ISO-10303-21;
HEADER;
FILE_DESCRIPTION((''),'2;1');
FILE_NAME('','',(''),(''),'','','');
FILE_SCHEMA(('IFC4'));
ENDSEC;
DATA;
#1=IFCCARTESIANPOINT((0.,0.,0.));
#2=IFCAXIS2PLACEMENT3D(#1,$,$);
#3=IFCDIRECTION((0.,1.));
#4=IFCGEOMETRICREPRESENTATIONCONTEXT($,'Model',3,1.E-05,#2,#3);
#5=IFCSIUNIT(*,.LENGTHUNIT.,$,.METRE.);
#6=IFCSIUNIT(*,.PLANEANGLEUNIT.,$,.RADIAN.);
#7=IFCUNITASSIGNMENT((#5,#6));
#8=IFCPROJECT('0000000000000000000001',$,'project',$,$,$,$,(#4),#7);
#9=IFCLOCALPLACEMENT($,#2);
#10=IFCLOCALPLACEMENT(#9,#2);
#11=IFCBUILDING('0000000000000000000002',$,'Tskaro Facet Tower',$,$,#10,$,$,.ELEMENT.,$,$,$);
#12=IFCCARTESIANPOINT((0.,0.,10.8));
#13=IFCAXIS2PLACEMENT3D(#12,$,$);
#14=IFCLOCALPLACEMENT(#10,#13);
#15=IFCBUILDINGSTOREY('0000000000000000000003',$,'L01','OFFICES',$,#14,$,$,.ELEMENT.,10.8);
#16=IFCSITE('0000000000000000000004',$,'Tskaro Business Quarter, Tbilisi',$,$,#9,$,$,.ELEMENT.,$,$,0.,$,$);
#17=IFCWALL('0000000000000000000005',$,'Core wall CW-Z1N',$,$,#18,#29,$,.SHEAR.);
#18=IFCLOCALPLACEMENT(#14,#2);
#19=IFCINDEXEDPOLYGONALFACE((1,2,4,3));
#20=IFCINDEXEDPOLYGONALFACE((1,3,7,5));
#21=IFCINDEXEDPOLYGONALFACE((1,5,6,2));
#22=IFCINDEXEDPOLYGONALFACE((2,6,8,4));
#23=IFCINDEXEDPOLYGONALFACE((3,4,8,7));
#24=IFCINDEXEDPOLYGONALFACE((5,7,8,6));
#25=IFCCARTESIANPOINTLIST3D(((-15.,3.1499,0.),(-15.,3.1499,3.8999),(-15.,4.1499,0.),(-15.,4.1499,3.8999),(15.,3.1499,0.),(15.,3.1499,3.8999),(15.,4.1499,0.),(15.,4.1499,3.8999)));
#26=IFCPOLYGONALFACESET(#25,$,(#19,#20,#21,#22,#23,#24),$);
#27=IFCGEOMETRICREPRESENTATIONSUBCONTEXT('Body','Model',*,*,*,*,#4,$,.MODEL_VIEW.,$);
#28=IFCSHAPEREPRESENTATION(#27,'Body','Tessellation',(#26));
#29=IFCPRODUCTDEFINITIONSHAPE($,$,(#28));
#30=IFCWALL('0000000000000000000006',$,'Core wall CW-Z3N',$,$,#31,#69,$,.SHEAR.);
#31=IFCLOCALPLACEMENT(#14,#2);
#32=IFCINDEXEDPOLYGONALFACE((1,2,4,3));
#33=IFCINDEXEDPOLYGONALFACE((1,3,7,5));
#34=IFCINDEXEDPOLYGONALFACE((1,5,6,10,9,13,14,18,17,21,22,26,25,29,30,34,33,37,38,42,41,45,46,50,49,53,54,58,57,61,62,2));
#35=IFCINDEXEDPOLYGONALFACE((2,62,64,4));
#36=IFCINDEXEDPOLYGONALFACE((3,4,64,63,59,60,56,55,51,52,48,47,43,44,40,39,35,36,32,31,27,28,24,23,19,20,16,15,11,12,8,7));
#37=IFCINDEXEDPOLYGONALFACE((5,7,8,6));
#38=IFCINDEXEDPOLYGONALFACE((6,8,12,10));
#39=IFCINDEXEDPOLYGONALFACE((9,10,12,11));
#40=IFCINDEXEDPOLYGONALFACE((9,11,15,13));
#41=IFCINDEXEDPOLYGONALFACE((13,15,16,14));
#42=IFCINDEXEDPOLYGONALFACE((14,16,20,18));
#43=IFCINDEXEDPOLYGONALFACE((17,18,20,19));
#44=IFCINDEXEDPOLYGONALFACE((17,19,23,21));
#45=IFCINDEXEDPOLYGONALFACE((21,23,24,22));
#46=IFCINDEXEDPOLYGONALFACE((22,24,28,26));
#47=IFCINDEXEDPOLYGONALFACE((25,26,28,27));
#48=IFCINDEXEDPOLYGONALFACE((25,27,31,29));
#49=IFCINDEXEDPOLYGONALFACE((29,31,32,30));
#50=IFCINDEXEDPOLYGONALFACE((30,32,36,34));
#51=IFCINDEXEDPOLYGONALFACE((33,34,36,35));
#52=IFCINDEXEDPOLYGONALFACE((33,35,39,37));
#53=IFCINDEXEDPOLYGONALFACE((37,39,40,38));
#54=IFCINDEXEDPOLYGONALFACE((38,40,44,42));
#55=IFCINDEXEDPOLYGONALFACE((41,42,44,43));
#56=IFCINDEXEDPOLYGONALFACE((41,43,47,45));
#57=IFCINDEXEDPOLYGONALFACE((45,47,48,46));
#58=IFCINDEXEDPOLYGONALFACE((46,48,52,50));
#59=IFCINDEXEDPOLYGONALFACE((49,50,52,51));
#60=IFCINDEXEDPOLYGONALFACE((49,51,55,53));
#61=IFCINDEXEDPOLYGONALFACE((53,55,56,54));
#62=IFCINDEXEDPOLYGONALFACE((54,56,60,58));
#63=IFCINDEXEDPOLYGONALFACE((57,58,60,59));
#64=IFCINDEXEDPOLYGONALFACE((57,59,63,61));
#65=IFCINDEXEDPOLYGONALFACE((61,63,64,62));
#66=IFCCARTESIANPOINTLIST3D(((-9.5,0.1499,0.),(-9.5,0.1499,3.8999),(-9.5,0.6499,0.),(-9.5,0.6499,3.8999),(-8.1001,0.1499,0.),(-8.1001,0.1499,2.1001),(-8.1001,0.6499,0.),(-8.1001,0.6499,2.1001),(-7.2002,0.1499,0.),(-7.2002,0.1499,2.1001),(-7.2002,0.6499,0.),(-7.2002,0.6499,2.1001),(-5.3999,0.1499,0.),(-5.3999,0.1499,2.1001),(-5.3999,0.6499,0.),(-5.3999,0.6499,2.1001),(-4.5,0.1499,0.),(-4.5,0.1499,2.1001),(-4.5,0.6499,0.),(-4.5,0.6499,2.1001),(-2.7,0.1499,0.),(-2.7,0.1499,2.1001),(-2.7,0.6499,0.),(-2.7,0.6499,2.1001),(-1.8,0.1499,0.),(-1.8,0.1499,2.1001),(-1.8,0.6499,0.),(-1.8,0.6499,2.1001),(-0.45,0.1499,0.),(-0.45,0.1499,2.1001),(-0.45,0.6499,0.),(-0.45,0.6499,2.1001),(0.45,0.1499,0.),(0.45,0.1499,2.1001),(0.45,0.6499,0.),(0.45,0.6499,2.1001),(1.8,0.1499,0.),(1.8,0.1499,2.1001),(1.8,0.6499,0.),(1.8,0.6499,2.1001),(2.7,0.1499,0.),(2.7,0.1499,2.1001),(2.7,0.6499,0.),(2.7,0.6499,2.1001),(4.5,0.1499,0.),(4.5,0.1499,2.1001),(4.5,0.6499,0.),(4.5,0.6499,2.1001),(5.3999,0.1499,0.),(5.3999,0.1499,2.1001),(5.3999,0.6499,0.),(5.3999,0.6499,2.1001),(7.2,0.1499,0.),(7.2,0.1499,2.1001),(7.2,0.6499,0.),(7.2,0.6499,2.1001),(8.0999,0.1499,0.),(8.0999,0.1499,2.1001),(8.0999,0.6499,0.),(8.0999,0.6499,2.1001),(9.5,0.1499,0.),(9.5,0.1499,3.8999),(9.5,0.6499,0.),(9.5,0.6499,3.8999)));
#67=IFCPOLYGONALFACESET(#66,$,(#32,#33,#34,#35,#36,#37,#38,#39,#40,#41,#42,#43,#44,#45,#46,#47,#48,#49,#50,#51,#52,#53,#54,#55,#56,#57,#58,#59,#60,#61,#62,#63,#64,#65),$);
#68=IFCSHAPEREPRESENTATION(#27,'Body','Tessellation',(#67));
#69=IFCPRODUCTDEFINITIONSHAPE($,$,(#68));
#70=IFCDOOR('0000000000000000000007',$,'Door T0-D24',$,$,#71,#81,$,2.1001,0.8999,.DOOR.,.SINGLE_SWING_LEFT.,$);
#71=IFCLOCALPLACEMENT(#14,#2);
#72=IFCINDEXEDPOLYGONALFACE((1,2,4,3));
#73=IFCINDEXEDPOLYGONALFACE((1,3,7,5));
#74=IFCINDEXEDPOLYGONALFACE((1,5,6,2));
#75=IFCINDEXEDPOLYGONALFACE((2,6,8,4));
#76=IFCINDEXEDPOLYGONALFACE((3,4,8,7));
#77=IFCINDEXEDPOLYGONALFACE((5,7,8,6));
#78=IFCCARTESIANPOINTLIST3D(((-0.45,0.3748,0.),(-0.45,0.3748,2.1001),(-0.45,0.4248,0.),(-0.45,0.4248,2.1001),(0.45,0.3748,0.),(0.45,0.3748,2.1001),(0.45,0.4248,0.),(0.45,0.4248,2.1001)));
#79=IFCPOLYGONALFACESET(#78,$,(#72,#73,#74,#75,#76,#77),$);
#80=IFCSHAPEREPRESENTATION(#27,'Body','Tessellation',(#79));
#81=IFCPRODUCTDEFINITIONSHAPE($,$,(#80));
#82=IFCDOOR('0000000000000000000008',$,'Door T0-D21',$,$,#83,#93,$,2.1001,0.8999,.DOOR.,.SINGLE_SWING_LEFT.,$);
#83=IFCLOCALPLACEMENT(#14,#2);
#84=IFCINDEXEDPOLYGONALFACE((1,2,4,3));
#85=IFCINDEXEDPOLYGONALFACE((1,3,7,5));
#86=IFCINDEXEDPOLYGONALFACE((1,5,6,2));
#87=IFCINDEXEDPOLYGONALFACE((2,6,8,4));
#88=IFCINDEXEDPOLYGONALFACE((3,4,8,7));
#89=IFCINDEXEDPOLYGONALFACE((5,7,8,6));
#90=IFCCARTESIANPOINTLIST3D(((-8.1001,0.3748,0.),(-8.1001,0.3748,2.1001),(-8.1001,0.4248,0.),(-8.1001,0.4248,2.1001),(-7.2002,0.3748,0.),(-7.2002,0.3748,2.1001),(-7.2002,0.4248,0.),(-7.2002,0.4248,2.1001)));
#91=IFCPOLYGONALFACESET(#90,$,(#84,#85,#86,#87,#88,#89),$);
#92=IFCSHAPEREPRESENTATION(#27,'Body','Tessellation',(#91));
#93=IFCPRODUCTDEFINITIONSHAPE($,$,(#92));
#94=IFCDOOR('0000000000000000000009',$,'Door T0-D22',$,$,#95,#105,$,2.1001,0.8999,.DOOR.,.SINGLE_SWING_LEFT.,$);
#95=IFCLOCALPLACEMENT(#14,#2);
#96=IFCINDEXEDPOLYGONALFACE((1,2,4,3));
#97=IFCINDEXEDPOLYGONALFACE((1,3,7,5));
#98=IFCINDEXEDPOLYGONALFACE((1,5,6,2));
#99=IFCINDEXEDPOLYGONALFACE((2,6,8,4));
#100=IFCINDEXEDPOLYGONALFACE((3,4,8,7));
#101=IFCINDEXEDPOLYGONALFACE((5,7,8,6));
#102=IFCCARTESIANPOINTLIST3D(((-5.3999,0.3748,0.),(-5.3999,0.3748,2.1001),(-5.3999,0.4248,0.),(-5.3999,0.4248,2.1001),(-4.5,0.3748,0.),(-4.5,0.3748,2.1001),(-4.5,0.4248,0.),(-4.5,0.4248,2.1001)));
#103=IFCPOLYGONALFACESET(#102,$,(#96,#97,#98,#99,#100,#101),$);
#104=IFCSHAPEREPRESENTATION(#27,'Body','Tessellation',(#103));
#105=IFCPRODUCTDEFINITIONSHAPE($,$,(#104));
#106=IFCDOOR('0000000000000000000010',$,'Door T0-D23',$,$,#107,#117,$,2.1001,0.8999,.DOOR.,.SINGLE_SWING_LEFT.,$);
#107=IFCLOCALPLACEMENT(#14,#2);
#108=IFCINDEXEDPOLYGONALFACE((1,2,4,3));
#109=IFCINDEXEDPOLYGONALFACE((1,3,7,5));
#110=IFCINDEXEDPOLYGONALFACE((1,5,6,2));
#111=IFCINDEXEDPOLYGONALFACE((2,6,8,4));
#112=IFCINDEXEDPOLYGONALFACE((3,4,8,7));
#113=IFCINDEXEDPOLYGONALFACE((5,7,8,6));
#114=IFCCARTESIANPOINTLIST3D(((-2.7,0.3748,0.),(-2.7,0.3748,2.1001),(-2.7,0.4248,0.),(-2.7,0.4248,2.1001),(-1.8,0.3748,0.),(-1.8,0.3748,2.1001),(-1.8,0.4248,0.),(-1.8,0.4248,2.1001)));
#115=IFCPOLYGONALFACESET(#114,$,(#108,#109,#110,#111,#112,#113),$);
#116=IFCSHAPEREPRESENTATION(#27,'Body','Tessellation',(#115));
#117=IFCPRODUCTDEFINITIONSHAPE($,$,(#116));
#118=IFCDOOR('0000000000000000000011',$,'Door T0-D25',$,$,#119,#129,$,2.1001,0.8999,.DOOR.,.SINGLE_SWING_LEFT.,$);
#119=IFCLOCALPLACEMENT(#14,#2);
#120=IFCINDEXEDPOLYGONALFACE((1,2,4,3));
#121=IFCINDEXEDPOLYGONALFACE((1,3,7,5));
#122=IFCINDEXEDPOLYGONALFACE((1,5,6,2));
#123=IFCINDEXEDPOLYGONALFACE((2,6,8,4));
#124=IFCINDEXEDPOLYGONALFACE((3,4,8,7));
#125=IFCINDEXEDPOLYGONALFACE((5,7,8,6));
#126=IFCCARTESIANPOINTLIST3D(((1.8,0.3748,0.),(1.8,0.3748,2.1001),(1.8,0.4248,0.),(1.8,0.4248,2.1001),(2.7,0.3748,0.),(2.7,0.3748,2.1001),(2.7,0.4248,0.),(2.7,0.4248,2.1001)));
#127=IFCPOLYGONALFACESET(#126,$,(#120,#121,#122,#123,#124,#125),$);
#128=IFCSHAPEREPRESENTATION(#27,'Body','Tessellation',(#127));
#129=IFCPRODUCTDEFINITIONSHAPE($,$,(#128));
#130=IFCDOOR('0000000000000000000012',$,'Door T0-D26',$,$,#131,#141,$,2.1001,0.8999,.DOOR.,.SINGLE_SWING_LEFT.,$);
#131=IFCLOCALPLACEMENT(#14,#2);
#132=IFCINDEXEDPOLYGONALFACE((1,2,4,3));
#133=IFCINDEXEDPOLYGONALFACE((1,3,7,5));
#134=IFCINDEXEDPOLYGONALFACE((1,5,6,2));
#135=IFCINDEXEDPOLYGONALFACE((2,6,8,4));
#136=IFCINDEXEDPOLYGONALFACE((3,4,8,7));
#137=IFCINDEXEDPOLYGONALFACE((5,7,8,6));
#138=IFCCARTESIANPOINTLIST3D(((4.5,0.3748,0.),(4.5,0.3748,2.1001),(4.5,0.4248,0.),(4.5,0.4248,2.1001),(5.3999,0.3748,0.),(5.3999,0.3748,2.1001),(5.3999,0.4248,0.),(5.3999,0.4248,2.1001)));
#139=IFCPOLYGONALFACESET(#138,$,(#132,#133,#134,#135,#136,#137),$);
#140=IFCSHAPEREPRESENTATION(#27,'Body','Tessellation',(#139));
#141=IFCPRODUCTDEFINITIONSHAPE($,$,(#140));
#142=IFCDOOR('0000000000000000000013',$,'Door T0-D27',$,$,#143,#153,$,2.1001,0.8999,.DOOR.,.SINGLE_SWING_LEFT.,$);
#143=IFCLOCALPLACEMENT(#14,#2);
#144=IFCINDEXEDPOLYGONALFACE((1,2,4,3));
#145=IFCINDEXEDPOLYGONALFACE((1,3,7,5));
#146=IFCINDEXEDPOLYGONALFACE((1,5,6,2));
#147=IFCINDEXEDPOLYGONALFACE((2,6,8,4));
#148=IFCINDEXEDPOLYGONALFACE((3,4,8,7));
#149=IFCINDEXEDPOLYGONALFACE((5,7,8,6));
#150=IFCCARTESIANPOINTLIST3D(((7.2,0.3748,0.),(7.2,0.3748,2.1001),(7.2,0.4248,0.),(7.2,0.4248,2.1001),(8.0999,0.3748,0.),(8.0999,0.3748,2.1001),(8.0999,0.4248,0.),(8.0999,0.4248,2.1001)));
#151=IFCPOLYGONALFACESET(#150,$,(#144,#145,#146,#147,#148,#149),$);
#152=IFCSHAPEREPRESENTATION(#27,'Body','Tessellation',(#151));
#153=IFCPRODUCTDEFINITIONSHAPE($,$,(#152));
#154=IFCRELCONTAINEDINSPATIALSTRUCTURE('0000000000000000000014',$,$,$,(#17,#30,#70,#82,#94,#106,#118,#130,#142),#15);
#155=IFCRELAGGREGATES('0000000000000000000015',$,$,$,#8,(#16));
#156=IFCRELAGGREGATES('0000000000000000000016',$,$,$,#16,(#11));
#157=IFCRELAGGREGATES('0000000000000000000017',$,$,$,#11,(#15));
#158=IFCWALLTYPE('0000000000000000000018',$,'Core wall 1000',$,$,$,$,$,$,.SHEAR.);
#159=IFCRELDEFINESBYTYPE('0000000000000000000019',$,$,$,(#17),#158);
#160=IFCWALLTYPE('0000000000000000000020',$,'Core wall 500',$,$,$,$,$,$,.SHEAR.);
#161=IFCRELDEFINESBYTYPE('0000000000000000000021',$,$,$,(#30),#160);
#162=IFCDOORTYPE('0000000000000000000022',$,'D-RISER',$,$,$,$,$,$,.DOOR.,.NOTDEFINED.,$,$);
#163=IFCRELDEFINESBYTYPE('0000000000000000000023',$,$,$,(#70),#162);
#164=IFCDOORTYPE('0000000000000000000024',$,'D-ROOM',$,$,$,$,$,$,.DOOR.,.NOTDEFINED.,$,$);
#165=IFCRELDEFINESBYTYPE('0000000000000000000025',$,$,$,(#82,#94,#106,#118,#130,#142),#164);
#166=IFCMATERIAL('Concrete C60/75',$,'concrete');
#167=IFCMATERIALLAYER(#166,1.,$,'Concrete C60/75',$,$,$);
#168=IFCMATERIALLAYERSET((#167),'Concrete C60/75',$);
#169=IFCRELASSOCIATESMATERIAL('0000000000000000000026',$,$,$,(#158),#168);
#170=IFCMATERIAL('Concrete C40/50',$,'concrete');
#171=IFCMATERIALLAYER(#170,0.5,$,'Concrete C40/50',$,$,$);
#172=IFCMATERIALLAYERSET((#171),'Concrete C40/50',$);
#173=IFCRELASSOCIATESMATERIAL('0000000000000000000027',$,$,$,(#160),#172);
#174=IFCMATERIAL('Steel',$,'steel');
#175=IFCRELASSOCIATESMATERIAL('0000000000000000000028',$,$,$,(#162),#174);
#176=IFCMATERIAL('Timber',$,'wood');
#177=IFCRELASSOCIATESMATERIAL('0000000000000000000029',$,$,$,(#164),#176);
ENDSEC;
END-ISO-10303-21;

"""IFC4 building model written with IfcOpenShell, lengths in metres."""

from ifc_helpers import new_model, si_unit, direction, frame, frame_2d, origin, place, context, subcontext, project, spatial, rectangle, extrude, material, layer, layer_set, type_object, element, fill, save


model = new_model("IFC4")

# Units and contexts
model_context = context("Model", 3, precision=1e-05, world=origin(), true_north=direction((0.0, 1.0)))
body_context = subcontext(model_context, "Body", "Model", "MODEL_VIEW")
ifc_project = project(units=[si_unit("LENGTHUNIT", "METRE"), si_unit("PLANEANGLEUNIT", "RADIAN")], contexts=[model_context])

# Site, building, storey
site_placement = place(None, origin())
site = spatial("IfcSite", under=ifc_project, at=site_placement, Name="Tskaro Business Quarter, Tbilisi", CompositionType="ELEMENT", RefElevation=0.0)
building_placement = place(site_placement, origin())
building = spatial("IfcBuilding", under=site, at=building_placement, Name="Tskaro Facet Tower", CompositionType="ELEMENT")
storey_placement = place(building_placement, frame((0.0, 0.0, 10.8)))
storey = spatial("IfcBuildingStorey", under=building, at=storey_placement, Name="L01", Description="OFFICES", CompositionType="ELEMENT", Elevation=10.8)

# Wall
ifc_material_1 = material(Name="Concrete C60/75", Category="concrete")
ifc_layer_1 = layer(ifc_material_1, 1.0, Name="Concrete C60/75")
ifc_layer_set_1 = layer_set([ifc_layer_1], Name="Concrete C60/75")
wall_type_1 = type_object("IfcWallType", Name="Core wall 1000", PredefinedType="SHEAR", material=ifc_layer_set_1)
wall_1_placement = place(storey_placement, frame((-15.0, 3.6499, 0.0), z_axis=(0.0, 0.0, 1.0), x_axis=(1.0, 0.0, 0.0)))
element("IfcWall", 1, at=wall_1_placement, inside=storey, type_object=wall_type_1, Name="Core wall CW-Z1N", PredefinedType="SHEAR", context=body_context, shape_type="SweptSolid", body=[
    extrude(rectangle(XDim=30.0, YDim=1.0, at=frame_2d((15.0, 0.0))), origin(), (0.0, 0.0, 1.0), 3.8999),
])

# Wall, openings, doors
ifc_material_2 = material(Name="Concrete C40/50", Category="concrete")
ifc_layer_2 = layer(ifc_material_2, 0.5, Name="Concrete C40/50")
ifc_layer_set_2 = layer_set([ifc_layer_2], Name="Concrete C40/50")
wall_type_2 = type_object("IfcWallType", Name="Core wall 500", PredefinedType="SHEAR", material=ifc_layer_set_2)
wall_2_placement = place(storey_placement, frame((-9.5, 0.3999, 0.0), z_axis=(0.0, 0.0, 1.0), x_axis=(1.0, 0.0, 0.0)))
wall_2 = element("IfcWall", 2, at=wall_2_placement, inside=storey, type_object=wall_type_2, Name="Core wall CW-Z3N", PredefinedType="SHEAR", context=body_context, shape_type="SweptSolid", body=[
    extrude(rectangle(XDim=19.0, YDim=0.5, at=frame_2d((9.5, 0.0))), origin(), (0.0, 0.0, 1.0), 3.8999),
])
opening_1_placement = place(wall_2_placement, frame((1.3999, 0.0, 0.0)))
opening_1 = element("IfcOpeningElement", 3, at=opening_1_placement, cuts=wall_2, PredefinedType="OPENING", context=body_context, shape_type="SweptSolid", body=[
    extrude(rectangle(XDim=0.8999, YDim=2.1001, at=frame_2d((0.45, 1.05))), frame((0.0, 0.26, 0.0), z_axis=(0.0, -1.0, 0.0), x_axis=(1.0, 0.0, 0.0)), (0.0, 0.0, 1.0), 0.52),
])
opening_2_placement = place(wall_2_placement, frame((4.1001, 0.0, 0.0)))
opening_2 = element("IfcOpeningElement", 4, at=opening_2_placement, cuts=wall_2, PredefinedType="OPENING", context=body_context, shape_type="SweptSolid", body=[
    extrude(rectangle(XDim=0.8999, YDim=2.1001, at=frame_2d((0.45, 1.05))), frame((0.0, 0.26, 0.0), z_axis=(0.0, -1.0, 0.0), x_axis=(1.0, 0.0, 0.0)), (0.0, 0.0, 1.0), 0.52),
])
opening_3_placement = place(wall_2_placement, frame((6.8, 0.0, 0.0)))
opening_3 = element("IfcOpeningElement", 5, at=opening_3_placement, cuts=wall_2, PredefinedType="OPENING", context=body_context, shape_type="SweptSolid", body=[
    extrude(rectangle(XDim=0.8999, YDim=2.1001, at=frame_2d((0.45, 1.05))), frame((0.0, 0.26, 0.0), z_axis=(0.0, -1.0, 0.0), x_axis=(1.0, 0.0, 0.0)), (0.0, 0.0, 1.0), 0.52),
])
opening_4_placement = place(wall_2_placement, frame((11.3, 0.0, 0.0)))
opening_4 = element("IfcOpeningElement", 6, at=opening_4_placement, cuts=wall_2, PredefinedType="OPENING", context=body_context, shape_type="SweptSolid", body=[
    extrude(rectangle(XDim=0.8999, YDim=2.1001, at=frame_2d((0.45, 1.05))), frame((0.0, 0.26, 0.0), z_axis=(0.0, -1.0, 0.0), x_axis=(1.0, 0.0, 0.0)), (0.0, 0.0, 1.0), 0.52),
])
opening_5_placement = place(wall_2_placement, frame((14.0, 0.0, 0.0)))
opening_5 = element("IfcOpeningElement", 7, at=opening_5_placement, cuts=wall_2, PredefinedType="OPENING", context=body_context, shape_type="SweptSolid", body=[
    extrude(rectangle(XDim=0.8999, YDim=2.1001, at=frame_2d((0.45, 1.05))), frame((0.0, 0.26, 0.0), z_axis=(0.0, -1.0, 0.0), x_axis=(1.0, 0.0, 0.0)), (0.0, 0.0, 1.0), 0.52),
])
opening_6_placement = place(wall_2_placement, frame((16.7, 0.0, 0.0)))
opening_6 = element("IfcOpeningElement", 8, at=opening_6_placement, cuts=wall_2, PredefinedType="OPENING", context=body_context, shape_type="SweptSolid", body=[
    extrude(rectangle(XDim=0.8999, YDim=2.1001, at=frame_2d((0.45, 1.05))), frame((0.0, 0.26, 0.0), z_axis=(0.0, -1.0, 0.0), x_axis=(1.0, 0.0, 0.0)), (0.0, 0.0, 1.0), 0.52),
])
opening_7_placement = place(wall_2_placement, frame((9.05, 0.0, 0.0)))
opening_7 = element("IfcOpeningElement", 9, at=opening_7_placement, cuts=wall_2, PredefinedType="OPENING", context=body_context, shape_type="SweptSolid", body=[
    extrude(rectangle(XDim=0.8999, YDim=2.1001, at=frame_2d((0.45, 1.05))), frame((0.0, 0.26, 0.0), z_axis=(0.0, -1.0, 0.0), x_axis=(1.0, 0.0, 0.0)), (0.0, 0.0, 1.0), 0.52),
])
ifc_material_3 = material(Name="Steel", Category="steel")
door_type_1 = type_object("IfcDoorType", Name="D-RISER", OperationType="NOTDEFINED", PredefinedType="DOOR", material=ifc_material_3)
door_1_placement = place(opening_7_placement, origin())
door_1 = element("IfcDoor", 10, at=door_1_placement, inside=storey, type_object=door_type_1, Name="Door T0-D24", OperationType="SINGLE_SWING_LEFT", OverallHeight=2.1001, OverallWidth=0.8999, PredefinedType="DOOR", context=body_context, shape_type="SweptSolid", body=[
    extrude(rectangle(XDim=0.8999, YDim=2.1001, at=frame_2d((0.45, 1.05))), frame((0.0, 0.0249, 0.0), z_axis=(0.0, -1.0, 0.0), x_axis=(1.0, 0.0, 0.0)), (0.0, 0.0, 1.0), 0.05),
])
fill(opening_7, door_1)
ifc_material_4 = material(Name="Timber", Category="wood")
door_type_2 = type_object("IfcDoorType", Name="D-ROOM", OperationType="NOTDEFINED", PredefinedType="DOOR", material=ifc_material_4)
door_2_placement = place(opening_1_placement, origin())
door_2 = element("IfcDoor", 11, at=door_2_placement, inside=storey, type_object=door_type_2, Name="Door T0-D21", OperationType="SINGLE_SWING_LEFT", OverallHeight=2.1001, OverallWidth=0.8999, PredefinedType="DOOR", context=body_context, shape_type="SweptSolid", body=[
    extrude(rectangle(XDim=0.8999, YDim=2.1001, at=frame_2d((0.45, 1.05))), frame((0.0, 0.0249, 0.0), z_axis=(0.0, -1.0, 0.0), x_axis=(1.0, 0.0, 0.0)), (0.0, 0.0, 1.0), 0.05),
])
fill(opening_1, door_2)
door_3_placement = place(opening_2_placement, origin())
door_3 = element("IfcDoor", 12, at=door_3_placement, inside=storey, type_object=door_type_2, Name="Door T0-D22", OperationType="SINGLE_SWING_LEFT", OverallHeight=2.1001, OverallWidth=0.8999, PredefinedType="DOOR", context=body_context, shape_type="SweptSolid", body=[
    extrude(rectangle(XDim=0.8999, YDim=2.1001, at=frame_2d((0.45, 1.05))), frame((0.0, 0.0249, 0.0), z_axis=(0.0, -1.0, 0.0), x_axis=(1.0, 0.0, 0.0)), (0.0, 0.0, 1.0), 0.05),
])
fill(opening_2, door_3)
door_4_placement = place(opening_3_placement, origin())
door_4 = element("IfcDoor", 13, at=door_4_placement, inside=storey, type_object=door_type_2, Name="Door T0-D23", OperationType="SINGLE_SWING_LEFT", OverallHeight=2.1001, OverallWidth=0.8999, PredefinedType="DOOR", context=body_context, shape_type="SweptSolid", body=[
    extrude(rectangle(XDim=0.8999, YDim=2.1001, at=frame_2d((0.45, 1.05))), frame((0.0, 0.0249, 0.0), z_axis=(0.0, -1.0, 0.0), x_axis=(1.0, 0.0, 0.0)), (0.0, 0.0, 1.0), 0.05),
])
fill(opening_3, door_4)
door_5_placement = place(opening_4_placement, origin())
door_5 = element("IfcDoor", 14, at=door_5_placement, inside=storey, type_object=door_type_2, Name="Door T0-D25", OperationType="SINGLE_SWING_LEFT", OverallHeight=2.1001, OverallWidth=0.8999, PredefinedType="DOOR", context=body_context, shape_type="SweptSolid", body=[
    extrude(rectangle(XDim=0.8999, YDim=2.1001, at=frame_2d((0.45, 1.05))), frame((0.0, 0.0249, 0.0), z_axis=(0.0, -1.0, 0.0), x_axis=(1.0, 0.0, 0.0)), (0.0, 0.0, 1.0), 0.05),
])
fill(opening_4, door_5)
door_6_placement = place(opening_5_placement, origin())
door_6 = element("IfcDoor", 15, at=door_6_placement, inside=storey, type_object=door_type_2, Name="Door T0-D26", OperationType="SINGLE_SWING_LEFT", OverallHeight=2.1001, OverallWidth=0.8999, PredefinedType="DOOR", context=body_context, shape_type="SweptSolid", body=[
    extrude(rectangle(XDim=0.8999, YDim=2.1001, at=frame_2d((0.45, 1.05))), frame((0.0, 0.0249, 0.0), z_axis=(0.0, -1.0, 0.0), x_axis=(1.0, 0.0, 0.0)), (0.0, 0.0, 1.0), 0.05),
])
fill(opening_5, door_6)
door_7_placement = place(opening_6_placement, origin())
door_7 = element("IfcDoor", 16, at=door_7_placement, inside=storey, type_object=door_type_2, Name="Door T0-D27", OperationType="SINGLE_SWING_LEFT", OverallHeight=2.1001, OverallWidth=0.8999, PredefinedType="DOOR", context=body_context, shape_type="SweptSolid", body=[
    extrude(rectangle(XDim=0.8999, YDim=2.1001, at=frame_2d((0.45, 1.05))), frame((0.0, 0.0249, 0.0), z_axis=(0.0, -1.0, 0.0), x_axis=(1.0, 0.0, 0.0)), (0.0, 0.0, 1.0), 0.05),
])
fill(opening_6, door_7)

save(model, "model.ifc")
